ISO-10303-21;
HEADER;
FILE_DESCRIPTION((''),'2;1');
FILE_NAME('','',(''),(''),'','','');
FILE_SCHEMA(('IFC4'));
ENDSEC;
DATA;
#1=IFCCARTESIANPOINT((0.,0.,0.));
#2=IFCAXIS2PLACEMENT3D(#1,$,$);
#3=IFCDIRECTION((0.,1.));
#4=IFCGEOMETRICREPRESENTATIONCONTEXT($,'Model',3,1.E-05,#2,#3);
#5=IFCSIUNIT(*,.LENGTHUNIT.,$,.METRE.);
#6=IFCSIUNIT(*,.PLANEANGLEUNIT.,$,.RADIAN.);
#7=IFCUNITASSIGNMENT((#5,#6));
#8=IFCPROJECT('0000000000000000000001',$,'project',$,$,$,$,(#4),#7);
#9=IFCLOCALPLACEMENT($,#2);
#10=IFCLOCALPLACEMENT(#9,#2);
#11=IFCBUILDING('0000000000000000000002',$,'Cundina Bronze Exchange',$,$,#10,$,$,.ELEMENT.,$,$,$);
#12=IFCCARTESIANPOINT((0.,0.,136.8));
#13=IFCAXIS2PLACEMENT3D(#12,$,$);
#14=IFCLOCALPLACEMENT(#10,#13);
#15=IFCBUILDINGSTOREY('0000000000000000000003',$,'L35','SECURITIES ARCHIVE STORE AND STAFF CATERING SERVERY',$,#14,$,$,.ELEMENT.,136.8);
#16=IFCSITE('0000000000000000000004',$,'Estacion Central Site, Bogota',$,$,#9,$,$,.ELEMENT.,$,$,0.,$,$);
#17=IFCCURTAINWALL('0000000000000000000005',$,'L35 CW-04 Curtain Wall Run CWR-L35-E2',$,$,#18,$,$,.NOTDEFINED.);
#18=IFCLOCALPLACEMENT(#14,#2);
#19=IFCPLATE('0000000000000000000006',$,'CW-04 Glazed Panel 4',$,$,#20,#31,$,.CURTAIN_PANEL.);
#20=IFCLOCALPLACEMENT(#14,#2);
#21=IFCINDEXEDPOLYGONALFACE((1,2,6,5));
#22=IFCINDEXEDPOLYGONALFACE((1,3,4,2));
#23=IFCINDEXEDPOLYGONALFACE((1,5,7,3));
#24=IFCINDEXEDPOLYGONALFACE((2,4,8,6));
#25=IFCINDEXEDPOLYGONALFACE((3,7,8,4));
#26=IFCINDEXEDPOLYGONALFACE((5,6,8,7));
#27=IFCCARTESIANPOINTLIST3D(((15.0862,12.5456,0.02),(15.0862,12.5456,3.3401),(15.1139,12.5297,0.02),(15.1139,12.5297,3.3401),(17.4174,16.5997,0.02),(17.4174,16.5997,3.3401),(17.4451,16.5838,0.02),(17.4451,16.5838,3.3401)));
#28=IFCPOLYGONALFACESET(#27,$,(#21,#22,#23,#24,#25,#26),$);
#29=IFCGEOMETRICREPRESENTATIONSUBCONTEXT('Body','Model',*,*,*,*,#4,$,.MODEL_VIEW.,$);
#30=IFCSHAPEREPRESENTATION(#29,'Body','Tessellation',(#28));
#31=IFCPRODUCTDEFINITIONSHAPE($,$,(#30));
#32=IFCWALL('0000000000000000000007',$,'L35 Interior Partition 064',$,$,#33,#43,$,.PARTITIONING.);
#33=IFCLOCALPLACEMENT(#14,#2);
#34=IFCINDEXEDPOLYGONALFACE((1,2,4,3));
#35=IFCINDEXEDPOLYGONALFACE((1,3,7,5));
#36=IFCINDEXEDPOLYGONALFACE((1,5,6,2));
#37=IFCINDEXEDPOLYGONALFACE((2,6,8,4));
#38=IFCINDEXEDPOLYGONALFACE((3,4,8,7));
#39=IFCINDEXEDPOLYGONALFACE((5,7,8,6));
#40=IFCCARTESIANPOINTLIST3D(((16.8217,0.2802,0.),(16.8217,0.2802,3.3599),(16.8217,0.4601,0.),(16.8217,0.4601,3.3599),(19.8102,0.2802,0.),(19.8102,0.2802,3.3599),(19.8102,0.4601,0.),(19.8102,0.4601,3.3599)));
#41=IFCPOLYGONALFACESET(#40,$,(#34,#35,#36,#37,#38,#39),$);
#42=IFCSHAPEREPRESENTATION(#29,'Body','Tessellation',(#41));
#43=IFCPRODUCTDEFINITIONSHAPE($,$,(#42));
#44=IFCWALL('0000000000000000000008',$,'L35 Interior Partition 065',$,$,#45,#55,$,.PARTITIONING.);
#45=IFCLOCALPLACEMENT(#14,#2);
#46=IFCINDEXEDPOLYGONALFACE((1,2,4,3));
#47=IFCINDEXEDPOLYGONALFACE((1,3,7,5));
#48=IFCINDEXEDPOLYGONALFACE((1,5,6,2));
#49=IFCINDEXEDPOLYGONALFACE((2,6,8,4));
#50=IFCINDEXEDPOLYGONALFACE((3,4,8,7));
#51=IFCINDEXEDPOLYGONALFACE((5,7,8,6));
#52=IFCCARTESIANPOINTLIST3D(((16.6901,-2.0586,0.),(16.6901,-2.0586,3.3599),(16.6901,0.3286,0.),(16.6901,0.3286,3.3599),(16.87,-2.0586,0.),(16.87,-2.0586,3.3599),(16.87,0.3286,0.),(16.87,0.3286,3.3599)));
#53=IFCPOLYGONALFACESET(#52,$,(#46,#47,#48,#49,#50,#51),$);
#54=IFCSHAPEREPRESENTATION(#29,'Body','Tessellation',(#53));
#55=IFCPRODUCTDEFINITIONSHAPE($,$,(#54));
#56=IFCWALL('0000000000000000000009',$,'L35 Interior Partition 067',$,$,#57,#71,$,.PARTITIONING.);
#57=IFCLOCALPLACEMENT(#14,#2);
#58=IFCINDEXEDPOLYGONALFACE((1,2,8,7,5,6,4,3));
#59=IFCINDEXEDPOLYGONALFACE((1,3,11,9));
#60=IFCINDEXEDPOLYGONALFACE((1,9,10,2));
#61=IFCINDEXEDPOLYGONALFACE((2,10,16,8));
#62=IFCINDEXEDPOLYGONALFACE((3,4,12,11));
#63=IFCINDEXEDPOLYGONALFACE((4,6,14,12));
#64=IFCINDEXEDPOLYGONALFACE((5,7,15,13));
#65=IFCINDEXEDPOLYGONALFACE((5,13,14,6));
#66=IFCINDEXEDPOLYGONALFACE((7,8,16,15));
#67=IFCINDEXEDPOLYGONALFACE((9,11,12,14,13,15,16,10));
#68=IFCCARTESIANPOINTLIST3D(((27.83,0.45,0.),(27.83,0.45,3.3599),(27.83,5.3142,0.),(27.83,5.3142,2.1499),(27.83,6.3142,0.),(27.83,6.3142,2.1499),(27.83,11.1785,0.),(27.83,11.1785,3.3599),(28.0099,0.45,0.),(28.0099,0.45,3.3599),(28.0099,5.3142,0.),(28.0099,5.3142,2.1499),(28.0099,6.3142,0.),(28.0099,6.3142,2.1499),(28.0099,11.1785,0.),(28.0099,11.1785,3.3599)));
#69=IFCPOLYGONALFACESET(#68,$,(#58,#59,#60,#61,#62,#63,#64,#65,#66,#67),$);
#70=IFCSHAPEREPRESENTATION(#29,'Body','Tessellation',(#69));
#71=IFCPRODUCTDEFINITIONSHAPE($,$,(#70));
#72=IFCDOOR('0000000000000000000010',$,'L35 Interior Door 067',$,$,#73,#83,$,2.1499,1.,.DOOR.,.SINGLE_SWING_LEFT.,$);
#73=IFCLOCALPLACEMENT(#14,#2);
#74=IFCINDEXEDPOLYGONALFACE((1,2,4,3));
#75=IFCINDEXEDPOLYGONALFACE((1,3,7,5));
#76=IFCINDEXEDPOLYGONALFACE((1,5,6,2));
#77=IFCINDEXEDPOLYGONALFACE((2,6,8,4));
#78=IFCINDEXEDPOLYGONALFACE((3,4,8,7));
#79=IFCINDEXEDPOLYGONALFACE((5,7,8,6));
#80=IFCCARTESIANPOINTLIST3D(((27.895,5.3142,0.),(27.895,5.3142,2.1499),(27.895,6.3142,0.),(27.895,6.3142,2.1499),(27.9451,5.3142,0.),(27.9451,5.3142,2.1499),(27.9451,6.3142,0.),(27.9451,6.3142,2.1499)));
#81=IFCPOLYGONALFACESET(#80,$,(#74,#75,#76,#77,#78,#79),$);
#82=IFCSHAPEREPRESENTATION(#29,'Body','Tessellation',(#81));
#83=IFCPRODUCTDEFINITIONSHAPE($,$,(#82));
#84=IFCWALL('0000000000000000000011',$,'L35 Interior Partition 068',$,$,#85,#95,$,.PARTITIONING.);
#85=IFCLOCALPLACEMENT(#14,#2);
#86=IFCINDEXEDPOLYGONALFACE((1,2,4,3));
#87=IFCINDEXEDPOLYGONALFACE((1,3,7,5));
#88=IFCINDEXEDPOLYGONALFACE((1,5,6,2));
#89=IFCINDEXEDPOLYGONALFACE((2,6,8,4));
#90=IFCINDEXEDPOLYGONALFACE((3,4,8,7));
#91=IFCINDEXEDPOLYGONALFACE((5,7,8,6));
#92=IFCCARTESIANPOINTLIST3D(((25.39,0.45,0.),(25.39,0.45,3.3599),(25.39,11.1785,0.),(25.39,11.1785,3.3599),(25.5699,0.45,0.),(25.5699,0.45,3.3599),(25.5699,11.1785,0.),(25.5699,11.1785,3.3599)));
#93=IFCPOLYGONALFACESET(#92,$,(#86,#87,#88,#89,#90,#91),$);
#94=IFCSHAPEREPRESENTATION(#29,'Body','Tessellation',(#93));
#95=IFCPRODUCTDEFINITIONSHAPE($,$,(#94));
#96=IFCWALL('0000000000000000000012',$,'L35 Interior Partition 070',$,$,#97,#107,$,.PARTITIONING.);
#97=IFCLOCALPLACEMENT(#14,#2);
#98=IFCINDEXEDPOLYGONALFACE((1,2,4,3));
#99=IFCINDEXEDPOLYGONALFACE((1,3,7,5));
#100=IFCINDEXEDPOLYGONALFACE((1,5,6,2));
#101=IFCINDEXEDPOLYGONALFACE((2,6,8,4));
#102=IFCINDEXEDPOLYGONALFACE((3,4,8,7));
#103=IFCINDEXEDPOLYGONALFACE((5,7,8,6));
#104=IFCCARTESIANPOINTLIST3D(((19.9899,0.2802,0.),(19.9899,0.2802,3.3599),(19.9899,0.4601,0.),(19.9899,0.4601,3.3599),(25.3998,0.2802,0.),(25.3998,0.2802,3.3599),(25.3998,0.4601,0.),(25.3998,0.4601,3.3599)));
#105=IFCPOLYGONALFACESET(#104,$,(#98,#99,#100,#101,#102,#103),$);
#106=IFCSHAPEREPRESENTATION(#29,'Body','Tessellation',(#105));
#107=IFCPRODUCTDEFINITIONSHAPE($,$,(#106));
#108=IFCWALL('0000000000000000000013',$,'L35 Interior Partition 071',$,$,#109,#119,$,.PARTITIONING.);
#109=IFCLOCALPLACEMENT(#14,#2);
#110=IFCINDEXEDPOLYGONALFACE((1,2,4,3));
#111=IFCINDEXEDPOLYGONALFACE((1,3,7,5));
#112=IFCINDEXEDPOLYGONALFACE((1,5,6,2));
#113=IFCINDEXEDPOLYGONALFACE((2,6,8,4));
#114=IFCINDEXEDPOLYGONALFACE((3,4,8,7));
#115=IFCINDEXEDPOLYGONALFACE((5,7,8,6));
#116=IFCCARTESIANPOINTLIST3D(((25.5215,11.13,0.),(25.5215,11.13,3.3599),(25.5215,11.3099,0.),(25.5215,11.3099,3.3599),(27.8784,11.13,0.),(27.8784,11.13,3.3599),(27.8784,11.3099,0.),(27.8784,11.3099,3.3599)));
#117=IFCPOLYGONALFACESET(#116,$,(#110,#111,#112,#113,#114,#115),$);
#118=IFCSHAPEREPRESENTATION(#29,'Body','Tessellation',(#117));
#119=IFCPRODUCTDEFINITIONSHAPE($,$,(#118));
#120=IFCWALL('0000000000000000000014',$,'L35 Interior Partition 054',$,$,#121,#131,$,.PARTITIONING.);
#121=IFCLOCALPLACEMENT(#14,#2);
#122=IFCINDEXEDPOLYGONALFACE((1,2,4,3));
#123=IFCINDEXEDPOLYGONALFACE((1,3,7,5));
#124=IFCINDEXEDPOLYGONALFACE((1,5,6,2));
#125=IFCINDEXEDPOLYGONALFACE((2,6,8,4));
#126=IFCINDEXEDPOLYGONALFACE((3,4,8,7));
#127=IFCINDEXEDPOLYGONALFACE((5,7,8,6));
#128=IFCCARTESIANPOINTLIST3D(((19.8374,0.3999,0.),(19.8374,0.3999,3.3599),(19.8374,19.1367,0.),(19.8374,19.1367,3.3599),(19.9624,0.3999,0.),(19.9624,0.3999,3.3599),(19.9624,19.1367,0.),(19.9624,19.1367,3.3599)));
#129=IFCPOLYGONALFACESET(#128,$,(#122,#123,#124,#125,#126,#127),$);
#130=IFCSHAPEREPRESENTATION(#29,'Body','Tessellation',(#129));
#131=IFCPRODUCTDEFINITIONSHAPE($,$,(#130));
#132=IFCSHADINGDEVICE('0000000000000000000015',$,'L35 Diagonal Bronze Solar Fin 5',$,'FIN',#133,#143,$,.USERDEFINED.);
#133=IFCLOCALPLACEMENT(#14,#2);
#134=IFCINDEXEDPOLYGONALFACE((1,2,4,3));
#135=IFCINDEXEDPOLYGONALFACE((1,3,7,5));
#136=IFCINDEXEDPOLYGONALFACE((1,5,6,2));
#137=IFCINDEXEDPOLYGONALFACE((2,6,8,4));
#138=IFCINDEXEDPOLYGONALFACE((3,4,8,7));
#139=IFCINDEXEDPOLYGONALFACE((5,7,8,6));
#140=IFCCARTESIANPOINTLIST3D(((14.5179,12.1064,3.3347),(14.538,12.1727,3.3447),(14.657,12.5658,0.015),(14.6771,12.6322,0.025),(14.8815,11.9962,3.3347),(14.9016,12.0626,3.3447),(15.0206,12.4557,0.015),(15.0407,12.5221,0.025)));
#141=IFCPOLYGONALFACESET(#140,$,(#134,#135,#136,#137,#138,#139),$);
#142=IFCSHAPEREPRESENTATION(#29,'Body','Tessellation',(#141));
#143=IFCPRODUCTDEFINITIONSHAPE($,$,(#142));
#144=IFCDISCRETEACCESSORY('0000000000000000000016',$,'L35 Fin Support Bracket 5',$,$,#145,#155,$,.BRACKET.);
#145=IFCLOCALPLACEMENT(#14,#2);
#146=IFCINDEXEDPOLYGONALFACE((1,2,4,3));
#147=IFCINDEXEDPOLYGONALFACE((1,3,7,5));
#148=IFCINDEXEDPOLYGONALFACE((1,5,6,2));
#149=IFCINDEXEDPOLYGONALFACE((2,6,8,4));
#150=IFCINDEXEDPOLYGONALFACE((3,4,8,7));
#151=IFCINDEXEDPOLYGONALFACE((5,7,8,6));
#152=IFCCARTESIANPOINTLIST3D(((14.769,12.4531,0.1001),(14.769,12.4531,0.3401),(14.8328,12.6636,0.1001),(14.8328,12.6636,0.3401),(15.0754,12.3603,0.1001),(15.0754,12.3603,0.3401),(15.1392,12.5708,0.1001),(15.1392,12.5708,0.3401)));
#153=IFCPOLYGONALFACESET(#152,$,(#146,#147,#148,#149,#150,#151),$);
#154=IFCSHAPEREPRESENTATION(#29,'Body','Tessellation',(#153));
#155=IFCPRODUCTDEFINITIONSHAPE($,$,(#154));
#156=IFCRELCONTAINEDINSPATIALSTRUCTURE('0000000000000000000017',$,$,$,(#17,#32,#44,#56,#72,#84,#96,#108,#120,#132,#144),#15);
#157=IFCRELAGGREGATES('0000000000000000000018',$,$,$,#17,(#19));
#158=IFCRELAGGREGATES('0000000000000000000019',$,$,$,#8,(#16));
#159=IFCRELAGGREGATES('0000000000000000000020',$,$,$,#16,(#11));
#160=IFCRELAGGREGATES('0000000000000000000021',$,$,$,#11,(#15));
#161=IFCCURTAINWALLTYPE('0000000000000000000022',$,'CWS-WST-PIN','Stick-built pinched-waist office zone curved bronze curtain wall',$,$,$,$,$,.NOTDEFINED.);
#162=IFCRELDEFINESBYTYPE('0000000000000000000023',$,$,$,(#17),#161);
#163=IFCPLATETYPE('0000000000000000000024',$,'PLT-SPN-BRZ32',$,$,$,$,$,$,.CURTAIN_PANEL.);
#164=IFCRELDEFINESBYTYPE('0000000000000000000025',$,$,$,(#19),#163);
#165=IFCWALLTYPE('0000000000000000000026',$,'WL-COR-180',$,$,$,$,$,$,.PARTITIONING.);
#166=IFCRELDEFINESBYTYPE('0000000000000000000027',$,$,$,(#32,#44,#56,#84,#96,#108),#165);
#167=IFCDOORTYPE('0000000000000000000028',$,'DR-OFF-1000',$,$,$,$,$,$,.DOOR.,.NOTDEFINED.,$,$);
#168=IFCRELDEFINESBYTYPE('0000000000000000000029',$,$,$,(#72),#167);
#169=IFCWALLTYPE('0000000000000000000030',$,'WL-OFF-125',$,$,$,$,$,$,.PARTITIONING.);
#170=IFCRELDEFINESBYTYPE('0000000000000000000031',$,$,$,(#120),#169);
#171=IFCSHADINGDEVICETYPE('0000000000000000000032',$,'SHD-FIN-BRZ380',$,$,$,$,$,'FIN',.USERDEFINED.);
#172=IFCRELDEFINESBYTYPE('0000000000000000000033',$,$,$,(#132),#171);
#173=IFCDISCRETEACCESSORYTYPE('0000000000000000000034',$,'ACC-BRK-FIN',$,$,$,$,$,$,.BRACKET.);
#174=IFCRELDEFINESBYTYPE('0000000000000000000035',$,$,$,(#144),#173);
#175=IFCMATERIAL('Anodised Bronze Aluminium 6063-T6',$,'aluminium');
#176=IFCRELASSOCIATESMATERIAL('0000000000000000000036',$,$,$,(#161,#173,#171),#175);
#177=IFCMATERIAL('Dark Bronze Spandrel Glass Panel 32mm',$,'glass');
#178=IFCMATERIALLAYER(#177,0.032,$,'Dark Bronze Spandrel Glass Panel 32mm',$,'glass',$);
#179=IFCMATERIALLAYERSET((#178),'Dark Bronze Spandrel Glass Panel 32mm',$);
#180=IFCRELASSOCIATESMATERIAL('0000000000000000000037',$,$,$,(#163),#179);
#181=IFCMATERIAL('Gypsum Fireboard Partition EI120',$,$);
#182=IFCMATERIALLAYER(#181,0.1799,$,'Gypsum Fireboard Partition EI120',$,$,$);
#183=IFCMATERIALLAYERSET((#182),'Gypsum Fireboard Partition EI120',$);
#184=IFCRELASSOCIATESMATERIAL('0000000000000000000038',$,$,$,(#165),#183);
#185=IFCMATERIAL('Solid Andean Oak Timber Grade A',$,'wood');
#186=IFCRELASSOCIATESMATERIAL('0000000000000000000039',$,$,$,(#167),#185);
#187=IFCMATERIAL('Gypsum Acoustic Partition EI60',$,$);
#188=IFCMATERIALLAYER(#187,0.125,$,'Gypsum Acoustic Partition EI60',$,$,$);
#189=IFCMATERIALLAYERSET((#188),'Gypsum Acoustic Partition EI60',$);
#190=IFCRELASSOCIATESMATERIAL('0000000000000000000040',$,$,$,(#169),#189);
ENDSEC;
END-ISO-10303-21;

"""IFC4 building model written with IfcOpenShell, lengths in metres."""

from ifc_helpers import new_model, si_unit, direction, frame, frame_2d, origin, origin_2d, place, context, subcontext, project, spatial, rectangle, extrude, material, layer, layer_set, material_profile, profile_set, type_object, element, fill, aggregate, save


model = new_model("IFC4")

# Units and contexts
model_context = context("Model", 3, precision=1e-05, world=origin(), true_north=direction((0.0, 1.0)))
body_context = subcontext(model_context, "Body", "Model", "MODEL_VIEW")
ifc_project = project(units=[si_unit("LENGTHUNIT", "METRE"), si_unit("PLANEANGLEUNIT", "RADIAN")], contexts=[model_context])

# Site, building, storey
site_placement = place(None, origin())
site = spatial("IfcSite", under=ifc_project, at=site_placement, Name="Estacion Central Site, Bogota", CompositionType="ELEMENT", RefElevation=0.0)
building_placement = place(site_placement, origin())
building = spatial("IfcBuilding", under=site, at=building_placement, Name="Cundina Bronze Exchange", CompositionType="ELEMENT")
storey_placement = place(building_placement, frame((0.0, 0.0, 136.8)))
storey = spatial("IfcBuildingStorey", under=building, at=storey_placement, Name="L35", Description="SECURITIES ARCHIVE STORE AND STAFF CATERING SERVERY", CompositionType="ELEMENT", Elevation=136.8)

# Curtain wall, plate
ifc_material_1 = material(Name="Anodised Bronze Aluminium 6063-T6", Category="aluminium")
curtain_wall_type = type_object("IfcCurtainWallType", Name="CWS-WST-PIN", Description="Stick-built pinched-waist office zone curved bronze curtain wall", PredefinedType="NOTDEFINED", material=ifc_material_1)
curtain_wall_placement = place(storey_placement, origin())
curtain_wall = element("IfcCurtainWall", 1, at=curtain_wall_placement, inside=storey, type_object=curtain_wall_type, Name="L35 CW-04 Curtain Wall Run CWR-L35-E2", PredefinedType="NOTDEFINED")
ifc_material_2 = material(Name="Dark Bronze Spandrel Glass Panel 32mm", Category="glass")
ifc_layer_1 = layer(ifc_material_2, 0.032, Name="Dark Bronze Spandrel Glass Panel 32mm", Category="glass")
ifc_layer_set_1 = layer_set([ifc_layer_1], Name="Dark Bronze Spandrel Glass Panel 32mm")
plate_type_1 = type_object("IfcPlateType", Name="PLT-SPN-BRZ32", PredefinedType="CURTAIN_PANEL", material=ifc_layer_set_1)
plate_1_placement = place(storey_placement, frame((16.2656, 14.5647, 0.02), z_axis=(0.0, 0.0, 1.0), x_axis=(-0.498488, -0.866897, 0.0)))
plate_1 = element("IfcPlate", 2, at=plate_1_placement, type_object=plate_type_1, Name="CW-04 Glazed Panel 4", PredefinedType="CURTAIN_PANEL", context=body_context, shape_type="SweptSolid", body=[
    extrude(rectangle(XDim=4.6765, YDim=0.032, at=origin_2d()), origin(), (0.0, 0.0, 1.0), 3.3201),
])
aggregate(curtain_wall, [plate_1])

# Walls
ifc_material_3 = material(Name="Gypsum Fireboard Partition EI120")
ifc_layer_2 = layer(ifc_material_3, 0.1799, Name="Gypsum Fireboard Partition EI120")
ifc_layer_set_2 = layer_set([ifc_layer_2], Name="Gypsum Fireboard Partition EI120")
wall_type_1 = type_object("IfcWallType", Name="WL-COR-180", PredefinedType="PARTITIONING", material=ifc_layer_set_2)
wall_1_placement = place(storey_placement, frame((19.8101, 0.3701, 0.0), z_axis=(0.0, 0.0, 1.0), x_axis=(-1.0, 0.0, 0.0)))
element("IfcWall", 3, at=wall_1_placement, inside=storey, type_object=wall_type_1, Name="L35 Interior Partition 064", PredefinedType="PARTITIONING", context=body_context, shape_type="SweptSolid", body=[
    extrude(rectangle(XDim=2.9885, YDim=0.1799, at=frame_2d((1.4941, 0.0))), origin(), (0.0, 0.0, 1.0), 3.3599),
])
wall_2_placement = place(storey_placement, frame((16.78, 0.3286, 0.0), z_axis=(0.0, 0.0, 1.0), x_axis=(0.0, -1.0, 0.0)))
element("IfcWall", 4, at=wall_2_placement, inside=storey, type_object=wall_type_1, Name="L35 Interior Partition 065", PredefinedType="PARTITIONING", context=body_context, shape_type="SweptSolid", body=[
    extrude(rectangle(XDim=2.3872, YDim=0.1799, at=frame_2d((1.1936, 0.0))), origin(), (0.0, 0.0, 1.0), 3.3599),
])

# Wall, opening, door
wall_3_placement = place(storey_placement, frame((27.9199, 0.45, 0.0), z_axis=(0.0, 0.0, 1.0), x_axis=(0.0, 1.0, 0.0)))
wall_3 = element("IfcWall", 5, at=wall_3_placement, inside=storey, type_object=wall_type_1, Name="L35 Interior Partition 067", PredefinedType="PARTITIONING", context=body_context, shape_type="SweptSolid", body=[
    extrude(rectangle(XDim=10.7285, YDim=0.1799, at=frame_2d((5.3643, 0.0))), origin(), (0.0, 0.0, 1.0), 3.3599),
])
opening_placement = place(wall_3_placement, frame((4.8643, 0.0, 0.0)))
opening = element("IfcOpeningElement", 6, at=opening_placement, cuts=wall_3, PredefinedType="OPENING", context=body_context, shape_type="SweptSolid", body=[
    extrude(rectangle(XDim=1.0, YDim=2.1499, at=frame_2d((0.5, 1.075))), frame((0.0, 0.0999, 0.0), z_axis=(0.0, -1.0, 0.0), x_axis=(1.0, 0.0, 0.0)), (0.0, 0.0, 1.0), 0.2),
])
ifc_material_4 = material(Name="Solid Andean Oak Timber Grade A", Category="wood")
door_type = type_object("IfcDoorType", Name="DR-OFF-1000", OperationType="NOTDEFINED", PredefinedType="DOOR", material=ifc_material_4)
door_placement = place(opening_placement, origin())
door = element("IfcDoor", 7, at=door_placement, inside=storey, type_object=door_type, Name="L35 Interior Door 067", OperationType="SINGLE_SWING_LEFT", OverallHeight=2.1499, OverallWidth=1.0, PredefinedType="DOOR", context=body_context, shape_type="SweptSolid", body=[
    extrude(rectangle(XDim=1.0, YDim=2.1499, at=frame_2d((0.5, 1.075))), frame((0.0, 0.0249, 0.0), z_axis=(0.0, -1.0, 0.0), x_axis=(1.0, 0.0, 0.0)), (0.0, 0.0, 1.0), 0.05),
])
fill(opening, door)

# Walls
wall_4_placement = place(storey_placement, frame((25.48, 11.1785, 0.0), z_axis=(0.0, 0.0, 1.0), x_axis=(0.0, -1.0, 0.0)))
element("IfcWall", 8, at=wall_4_placement, inside=storey, type_object=wall_type_1, Name="L35 Interior Partition 068", PredefinedType="PARTITIONING", context=body_context, shape_type="SweptSolid", body=[
    extrude(rectangle(XDim=10.7285, YDim=0.1799, at=frame_2d((5.3643, 0.0))), origin(), (0.0, 0.0, 1.0), 3.3599),
])
wall_5_placement = place(storey_placement, frame((25.3999, 0.3701, 0.0), z_axis=(0.0, 0.0, 1.0), x_axis=(-1.0, 0.0, 0.0)))
element("IfcWall", 9, at=wall_5_placement, inside=storey, type_object=wall_type_1, Name="L35 Interior Partition 070", PredefinedType="PARTITIONING", context=body_context, shape_type="SweptSolid", body=[
    extrude(rectangle(XDim=5.4099, YDim=0.1799, at=frame_2d((2.7051, 0.0))), origin(), (0.0, 0.0, 1.0), 3.3599),
])
wall_6_placement = place(storey_placement, frame((27.8784, 11.22, 0.0), z_axis=(0.0, 0.0, 1.0), x_axis=(-1.0, 0.0, 0.0)))
element("IfcWall", 10, at=wall_6_placement, inside=storey, type_object=wall_type_1, Name="L35 Interior Partition 071", PredefinedType="PARTITIONING", context=body_context, shape_type="SweptSolid", body=[
    extrude(rectangle(XDim=2.3569, YDim=0.1799, at=frame_2d((1.1785, 0.0))), origin(), (0.0, 0.0, 1.0), 3.3599),
])
ifc_material_5 = material(Name="Gypsum Acoustic Partition EI60")
ifc_layer_3 = layer(ifc_material_5, 0.125, Name="Gypsum Acoustic Partition EI60")
ifc_layer_set_3 = layer_set([ifc_layer_3], Name="Gypsum Acoustic Partition EI60")
wall_type_2 = type_object("IfcWallType", Name="WL-OFF-125", PredefinedType="PARTITIONING", material=ifc_layer_set_3)
wall_7_placement = place(storey_placement, frame((19.8999, 0.3999, 0.0), z_axis=(0.0, 0.0, 1.0), x_axis=(0.0, 1.0, 0.0)))
element("IfcWall", 11, at=wall_7_placement, inside=storey, type_object=wall_type_2, Name="L35 Interior Partition 054", PredefinedType="PARTITIONING", context=body_context, shape_type="SweptSolid", body=[
    extrude(rectangle(XDim=18.7368, YDim=0.125, at=frame_2d((9.3684, 0.0))), origin(), (0.0, 0.0, 1.0), 3.3599),
])

# Shading device
ifc_material_profile_1 = material_profile(ifc_material_1, rectangle(XDim=0.0701, YDim=0.3799, at=origin_2d()), Name="FIN70X380", Category="aluminium")
ifc_profile_set_1 = profile_set([ifc_material_profile_1], Name="Anodised Bronze Aluminium 6063-T6")
shading_device_type = type_object("IfcShadingDeviceType", Name="SHD-FIN-BRZ380", ElementType="FIN", PredefinedType="USERDEFINED", material=ifc_profile_set_1)
shading_device_placement = place(storey_placement, frame((14.8489, 12.5439, 0.02), z_axis=(-0.041486, -0.136978, 0.989705), x_axis=(0.286882, 0.947214, 0.143123)))
element("IfcShadingDevice", 12, at=shading_device_placement, inside=storey, type_object=shading_device_type, Name="L35 Diagonal Bronze Solar Fin 5", ObjectType="FIN", PredefinedType="USERDEFINED", context=body_context, shape_type="SweptSolid", body=[
    extrude(rectangle(XDim=0.0701, YDim=0.3799, at=origin_2d()), origin(), (0.0, 0.0, 1.0), 3.3542),
])

# Discrete accessory
discrete_accessory_type = type_object("IfcDiscreteAccessoryType", Name="ACC-BRK-FIN", PredefinedType="BRACKET", material=ifc_material_1)
discrete_accessory_placement = place(storey_placement, frame((14.9541, 12.512, 0.1001), z_axis=(0.0, 0.0, 1.0), x_axis=(-0.290051, -0.957011, 0.0)))
element("IfcDiscreteAccessory", 13, at=discrete_accessory_placement, inside=storey, type_object=discrete_accessory_type, Name="L35 Fin Support Bracket 5", PredefinedType="BRACKET", context=body_context, shape_type="SweptSolid", body=[
    extrude(rectangle(XDim=0.22, YDim=0.3201, at=origin_2d()), origin(), (0.0, 0.0, 1.0), 0.24),
])

save(model, "model.ifc")
